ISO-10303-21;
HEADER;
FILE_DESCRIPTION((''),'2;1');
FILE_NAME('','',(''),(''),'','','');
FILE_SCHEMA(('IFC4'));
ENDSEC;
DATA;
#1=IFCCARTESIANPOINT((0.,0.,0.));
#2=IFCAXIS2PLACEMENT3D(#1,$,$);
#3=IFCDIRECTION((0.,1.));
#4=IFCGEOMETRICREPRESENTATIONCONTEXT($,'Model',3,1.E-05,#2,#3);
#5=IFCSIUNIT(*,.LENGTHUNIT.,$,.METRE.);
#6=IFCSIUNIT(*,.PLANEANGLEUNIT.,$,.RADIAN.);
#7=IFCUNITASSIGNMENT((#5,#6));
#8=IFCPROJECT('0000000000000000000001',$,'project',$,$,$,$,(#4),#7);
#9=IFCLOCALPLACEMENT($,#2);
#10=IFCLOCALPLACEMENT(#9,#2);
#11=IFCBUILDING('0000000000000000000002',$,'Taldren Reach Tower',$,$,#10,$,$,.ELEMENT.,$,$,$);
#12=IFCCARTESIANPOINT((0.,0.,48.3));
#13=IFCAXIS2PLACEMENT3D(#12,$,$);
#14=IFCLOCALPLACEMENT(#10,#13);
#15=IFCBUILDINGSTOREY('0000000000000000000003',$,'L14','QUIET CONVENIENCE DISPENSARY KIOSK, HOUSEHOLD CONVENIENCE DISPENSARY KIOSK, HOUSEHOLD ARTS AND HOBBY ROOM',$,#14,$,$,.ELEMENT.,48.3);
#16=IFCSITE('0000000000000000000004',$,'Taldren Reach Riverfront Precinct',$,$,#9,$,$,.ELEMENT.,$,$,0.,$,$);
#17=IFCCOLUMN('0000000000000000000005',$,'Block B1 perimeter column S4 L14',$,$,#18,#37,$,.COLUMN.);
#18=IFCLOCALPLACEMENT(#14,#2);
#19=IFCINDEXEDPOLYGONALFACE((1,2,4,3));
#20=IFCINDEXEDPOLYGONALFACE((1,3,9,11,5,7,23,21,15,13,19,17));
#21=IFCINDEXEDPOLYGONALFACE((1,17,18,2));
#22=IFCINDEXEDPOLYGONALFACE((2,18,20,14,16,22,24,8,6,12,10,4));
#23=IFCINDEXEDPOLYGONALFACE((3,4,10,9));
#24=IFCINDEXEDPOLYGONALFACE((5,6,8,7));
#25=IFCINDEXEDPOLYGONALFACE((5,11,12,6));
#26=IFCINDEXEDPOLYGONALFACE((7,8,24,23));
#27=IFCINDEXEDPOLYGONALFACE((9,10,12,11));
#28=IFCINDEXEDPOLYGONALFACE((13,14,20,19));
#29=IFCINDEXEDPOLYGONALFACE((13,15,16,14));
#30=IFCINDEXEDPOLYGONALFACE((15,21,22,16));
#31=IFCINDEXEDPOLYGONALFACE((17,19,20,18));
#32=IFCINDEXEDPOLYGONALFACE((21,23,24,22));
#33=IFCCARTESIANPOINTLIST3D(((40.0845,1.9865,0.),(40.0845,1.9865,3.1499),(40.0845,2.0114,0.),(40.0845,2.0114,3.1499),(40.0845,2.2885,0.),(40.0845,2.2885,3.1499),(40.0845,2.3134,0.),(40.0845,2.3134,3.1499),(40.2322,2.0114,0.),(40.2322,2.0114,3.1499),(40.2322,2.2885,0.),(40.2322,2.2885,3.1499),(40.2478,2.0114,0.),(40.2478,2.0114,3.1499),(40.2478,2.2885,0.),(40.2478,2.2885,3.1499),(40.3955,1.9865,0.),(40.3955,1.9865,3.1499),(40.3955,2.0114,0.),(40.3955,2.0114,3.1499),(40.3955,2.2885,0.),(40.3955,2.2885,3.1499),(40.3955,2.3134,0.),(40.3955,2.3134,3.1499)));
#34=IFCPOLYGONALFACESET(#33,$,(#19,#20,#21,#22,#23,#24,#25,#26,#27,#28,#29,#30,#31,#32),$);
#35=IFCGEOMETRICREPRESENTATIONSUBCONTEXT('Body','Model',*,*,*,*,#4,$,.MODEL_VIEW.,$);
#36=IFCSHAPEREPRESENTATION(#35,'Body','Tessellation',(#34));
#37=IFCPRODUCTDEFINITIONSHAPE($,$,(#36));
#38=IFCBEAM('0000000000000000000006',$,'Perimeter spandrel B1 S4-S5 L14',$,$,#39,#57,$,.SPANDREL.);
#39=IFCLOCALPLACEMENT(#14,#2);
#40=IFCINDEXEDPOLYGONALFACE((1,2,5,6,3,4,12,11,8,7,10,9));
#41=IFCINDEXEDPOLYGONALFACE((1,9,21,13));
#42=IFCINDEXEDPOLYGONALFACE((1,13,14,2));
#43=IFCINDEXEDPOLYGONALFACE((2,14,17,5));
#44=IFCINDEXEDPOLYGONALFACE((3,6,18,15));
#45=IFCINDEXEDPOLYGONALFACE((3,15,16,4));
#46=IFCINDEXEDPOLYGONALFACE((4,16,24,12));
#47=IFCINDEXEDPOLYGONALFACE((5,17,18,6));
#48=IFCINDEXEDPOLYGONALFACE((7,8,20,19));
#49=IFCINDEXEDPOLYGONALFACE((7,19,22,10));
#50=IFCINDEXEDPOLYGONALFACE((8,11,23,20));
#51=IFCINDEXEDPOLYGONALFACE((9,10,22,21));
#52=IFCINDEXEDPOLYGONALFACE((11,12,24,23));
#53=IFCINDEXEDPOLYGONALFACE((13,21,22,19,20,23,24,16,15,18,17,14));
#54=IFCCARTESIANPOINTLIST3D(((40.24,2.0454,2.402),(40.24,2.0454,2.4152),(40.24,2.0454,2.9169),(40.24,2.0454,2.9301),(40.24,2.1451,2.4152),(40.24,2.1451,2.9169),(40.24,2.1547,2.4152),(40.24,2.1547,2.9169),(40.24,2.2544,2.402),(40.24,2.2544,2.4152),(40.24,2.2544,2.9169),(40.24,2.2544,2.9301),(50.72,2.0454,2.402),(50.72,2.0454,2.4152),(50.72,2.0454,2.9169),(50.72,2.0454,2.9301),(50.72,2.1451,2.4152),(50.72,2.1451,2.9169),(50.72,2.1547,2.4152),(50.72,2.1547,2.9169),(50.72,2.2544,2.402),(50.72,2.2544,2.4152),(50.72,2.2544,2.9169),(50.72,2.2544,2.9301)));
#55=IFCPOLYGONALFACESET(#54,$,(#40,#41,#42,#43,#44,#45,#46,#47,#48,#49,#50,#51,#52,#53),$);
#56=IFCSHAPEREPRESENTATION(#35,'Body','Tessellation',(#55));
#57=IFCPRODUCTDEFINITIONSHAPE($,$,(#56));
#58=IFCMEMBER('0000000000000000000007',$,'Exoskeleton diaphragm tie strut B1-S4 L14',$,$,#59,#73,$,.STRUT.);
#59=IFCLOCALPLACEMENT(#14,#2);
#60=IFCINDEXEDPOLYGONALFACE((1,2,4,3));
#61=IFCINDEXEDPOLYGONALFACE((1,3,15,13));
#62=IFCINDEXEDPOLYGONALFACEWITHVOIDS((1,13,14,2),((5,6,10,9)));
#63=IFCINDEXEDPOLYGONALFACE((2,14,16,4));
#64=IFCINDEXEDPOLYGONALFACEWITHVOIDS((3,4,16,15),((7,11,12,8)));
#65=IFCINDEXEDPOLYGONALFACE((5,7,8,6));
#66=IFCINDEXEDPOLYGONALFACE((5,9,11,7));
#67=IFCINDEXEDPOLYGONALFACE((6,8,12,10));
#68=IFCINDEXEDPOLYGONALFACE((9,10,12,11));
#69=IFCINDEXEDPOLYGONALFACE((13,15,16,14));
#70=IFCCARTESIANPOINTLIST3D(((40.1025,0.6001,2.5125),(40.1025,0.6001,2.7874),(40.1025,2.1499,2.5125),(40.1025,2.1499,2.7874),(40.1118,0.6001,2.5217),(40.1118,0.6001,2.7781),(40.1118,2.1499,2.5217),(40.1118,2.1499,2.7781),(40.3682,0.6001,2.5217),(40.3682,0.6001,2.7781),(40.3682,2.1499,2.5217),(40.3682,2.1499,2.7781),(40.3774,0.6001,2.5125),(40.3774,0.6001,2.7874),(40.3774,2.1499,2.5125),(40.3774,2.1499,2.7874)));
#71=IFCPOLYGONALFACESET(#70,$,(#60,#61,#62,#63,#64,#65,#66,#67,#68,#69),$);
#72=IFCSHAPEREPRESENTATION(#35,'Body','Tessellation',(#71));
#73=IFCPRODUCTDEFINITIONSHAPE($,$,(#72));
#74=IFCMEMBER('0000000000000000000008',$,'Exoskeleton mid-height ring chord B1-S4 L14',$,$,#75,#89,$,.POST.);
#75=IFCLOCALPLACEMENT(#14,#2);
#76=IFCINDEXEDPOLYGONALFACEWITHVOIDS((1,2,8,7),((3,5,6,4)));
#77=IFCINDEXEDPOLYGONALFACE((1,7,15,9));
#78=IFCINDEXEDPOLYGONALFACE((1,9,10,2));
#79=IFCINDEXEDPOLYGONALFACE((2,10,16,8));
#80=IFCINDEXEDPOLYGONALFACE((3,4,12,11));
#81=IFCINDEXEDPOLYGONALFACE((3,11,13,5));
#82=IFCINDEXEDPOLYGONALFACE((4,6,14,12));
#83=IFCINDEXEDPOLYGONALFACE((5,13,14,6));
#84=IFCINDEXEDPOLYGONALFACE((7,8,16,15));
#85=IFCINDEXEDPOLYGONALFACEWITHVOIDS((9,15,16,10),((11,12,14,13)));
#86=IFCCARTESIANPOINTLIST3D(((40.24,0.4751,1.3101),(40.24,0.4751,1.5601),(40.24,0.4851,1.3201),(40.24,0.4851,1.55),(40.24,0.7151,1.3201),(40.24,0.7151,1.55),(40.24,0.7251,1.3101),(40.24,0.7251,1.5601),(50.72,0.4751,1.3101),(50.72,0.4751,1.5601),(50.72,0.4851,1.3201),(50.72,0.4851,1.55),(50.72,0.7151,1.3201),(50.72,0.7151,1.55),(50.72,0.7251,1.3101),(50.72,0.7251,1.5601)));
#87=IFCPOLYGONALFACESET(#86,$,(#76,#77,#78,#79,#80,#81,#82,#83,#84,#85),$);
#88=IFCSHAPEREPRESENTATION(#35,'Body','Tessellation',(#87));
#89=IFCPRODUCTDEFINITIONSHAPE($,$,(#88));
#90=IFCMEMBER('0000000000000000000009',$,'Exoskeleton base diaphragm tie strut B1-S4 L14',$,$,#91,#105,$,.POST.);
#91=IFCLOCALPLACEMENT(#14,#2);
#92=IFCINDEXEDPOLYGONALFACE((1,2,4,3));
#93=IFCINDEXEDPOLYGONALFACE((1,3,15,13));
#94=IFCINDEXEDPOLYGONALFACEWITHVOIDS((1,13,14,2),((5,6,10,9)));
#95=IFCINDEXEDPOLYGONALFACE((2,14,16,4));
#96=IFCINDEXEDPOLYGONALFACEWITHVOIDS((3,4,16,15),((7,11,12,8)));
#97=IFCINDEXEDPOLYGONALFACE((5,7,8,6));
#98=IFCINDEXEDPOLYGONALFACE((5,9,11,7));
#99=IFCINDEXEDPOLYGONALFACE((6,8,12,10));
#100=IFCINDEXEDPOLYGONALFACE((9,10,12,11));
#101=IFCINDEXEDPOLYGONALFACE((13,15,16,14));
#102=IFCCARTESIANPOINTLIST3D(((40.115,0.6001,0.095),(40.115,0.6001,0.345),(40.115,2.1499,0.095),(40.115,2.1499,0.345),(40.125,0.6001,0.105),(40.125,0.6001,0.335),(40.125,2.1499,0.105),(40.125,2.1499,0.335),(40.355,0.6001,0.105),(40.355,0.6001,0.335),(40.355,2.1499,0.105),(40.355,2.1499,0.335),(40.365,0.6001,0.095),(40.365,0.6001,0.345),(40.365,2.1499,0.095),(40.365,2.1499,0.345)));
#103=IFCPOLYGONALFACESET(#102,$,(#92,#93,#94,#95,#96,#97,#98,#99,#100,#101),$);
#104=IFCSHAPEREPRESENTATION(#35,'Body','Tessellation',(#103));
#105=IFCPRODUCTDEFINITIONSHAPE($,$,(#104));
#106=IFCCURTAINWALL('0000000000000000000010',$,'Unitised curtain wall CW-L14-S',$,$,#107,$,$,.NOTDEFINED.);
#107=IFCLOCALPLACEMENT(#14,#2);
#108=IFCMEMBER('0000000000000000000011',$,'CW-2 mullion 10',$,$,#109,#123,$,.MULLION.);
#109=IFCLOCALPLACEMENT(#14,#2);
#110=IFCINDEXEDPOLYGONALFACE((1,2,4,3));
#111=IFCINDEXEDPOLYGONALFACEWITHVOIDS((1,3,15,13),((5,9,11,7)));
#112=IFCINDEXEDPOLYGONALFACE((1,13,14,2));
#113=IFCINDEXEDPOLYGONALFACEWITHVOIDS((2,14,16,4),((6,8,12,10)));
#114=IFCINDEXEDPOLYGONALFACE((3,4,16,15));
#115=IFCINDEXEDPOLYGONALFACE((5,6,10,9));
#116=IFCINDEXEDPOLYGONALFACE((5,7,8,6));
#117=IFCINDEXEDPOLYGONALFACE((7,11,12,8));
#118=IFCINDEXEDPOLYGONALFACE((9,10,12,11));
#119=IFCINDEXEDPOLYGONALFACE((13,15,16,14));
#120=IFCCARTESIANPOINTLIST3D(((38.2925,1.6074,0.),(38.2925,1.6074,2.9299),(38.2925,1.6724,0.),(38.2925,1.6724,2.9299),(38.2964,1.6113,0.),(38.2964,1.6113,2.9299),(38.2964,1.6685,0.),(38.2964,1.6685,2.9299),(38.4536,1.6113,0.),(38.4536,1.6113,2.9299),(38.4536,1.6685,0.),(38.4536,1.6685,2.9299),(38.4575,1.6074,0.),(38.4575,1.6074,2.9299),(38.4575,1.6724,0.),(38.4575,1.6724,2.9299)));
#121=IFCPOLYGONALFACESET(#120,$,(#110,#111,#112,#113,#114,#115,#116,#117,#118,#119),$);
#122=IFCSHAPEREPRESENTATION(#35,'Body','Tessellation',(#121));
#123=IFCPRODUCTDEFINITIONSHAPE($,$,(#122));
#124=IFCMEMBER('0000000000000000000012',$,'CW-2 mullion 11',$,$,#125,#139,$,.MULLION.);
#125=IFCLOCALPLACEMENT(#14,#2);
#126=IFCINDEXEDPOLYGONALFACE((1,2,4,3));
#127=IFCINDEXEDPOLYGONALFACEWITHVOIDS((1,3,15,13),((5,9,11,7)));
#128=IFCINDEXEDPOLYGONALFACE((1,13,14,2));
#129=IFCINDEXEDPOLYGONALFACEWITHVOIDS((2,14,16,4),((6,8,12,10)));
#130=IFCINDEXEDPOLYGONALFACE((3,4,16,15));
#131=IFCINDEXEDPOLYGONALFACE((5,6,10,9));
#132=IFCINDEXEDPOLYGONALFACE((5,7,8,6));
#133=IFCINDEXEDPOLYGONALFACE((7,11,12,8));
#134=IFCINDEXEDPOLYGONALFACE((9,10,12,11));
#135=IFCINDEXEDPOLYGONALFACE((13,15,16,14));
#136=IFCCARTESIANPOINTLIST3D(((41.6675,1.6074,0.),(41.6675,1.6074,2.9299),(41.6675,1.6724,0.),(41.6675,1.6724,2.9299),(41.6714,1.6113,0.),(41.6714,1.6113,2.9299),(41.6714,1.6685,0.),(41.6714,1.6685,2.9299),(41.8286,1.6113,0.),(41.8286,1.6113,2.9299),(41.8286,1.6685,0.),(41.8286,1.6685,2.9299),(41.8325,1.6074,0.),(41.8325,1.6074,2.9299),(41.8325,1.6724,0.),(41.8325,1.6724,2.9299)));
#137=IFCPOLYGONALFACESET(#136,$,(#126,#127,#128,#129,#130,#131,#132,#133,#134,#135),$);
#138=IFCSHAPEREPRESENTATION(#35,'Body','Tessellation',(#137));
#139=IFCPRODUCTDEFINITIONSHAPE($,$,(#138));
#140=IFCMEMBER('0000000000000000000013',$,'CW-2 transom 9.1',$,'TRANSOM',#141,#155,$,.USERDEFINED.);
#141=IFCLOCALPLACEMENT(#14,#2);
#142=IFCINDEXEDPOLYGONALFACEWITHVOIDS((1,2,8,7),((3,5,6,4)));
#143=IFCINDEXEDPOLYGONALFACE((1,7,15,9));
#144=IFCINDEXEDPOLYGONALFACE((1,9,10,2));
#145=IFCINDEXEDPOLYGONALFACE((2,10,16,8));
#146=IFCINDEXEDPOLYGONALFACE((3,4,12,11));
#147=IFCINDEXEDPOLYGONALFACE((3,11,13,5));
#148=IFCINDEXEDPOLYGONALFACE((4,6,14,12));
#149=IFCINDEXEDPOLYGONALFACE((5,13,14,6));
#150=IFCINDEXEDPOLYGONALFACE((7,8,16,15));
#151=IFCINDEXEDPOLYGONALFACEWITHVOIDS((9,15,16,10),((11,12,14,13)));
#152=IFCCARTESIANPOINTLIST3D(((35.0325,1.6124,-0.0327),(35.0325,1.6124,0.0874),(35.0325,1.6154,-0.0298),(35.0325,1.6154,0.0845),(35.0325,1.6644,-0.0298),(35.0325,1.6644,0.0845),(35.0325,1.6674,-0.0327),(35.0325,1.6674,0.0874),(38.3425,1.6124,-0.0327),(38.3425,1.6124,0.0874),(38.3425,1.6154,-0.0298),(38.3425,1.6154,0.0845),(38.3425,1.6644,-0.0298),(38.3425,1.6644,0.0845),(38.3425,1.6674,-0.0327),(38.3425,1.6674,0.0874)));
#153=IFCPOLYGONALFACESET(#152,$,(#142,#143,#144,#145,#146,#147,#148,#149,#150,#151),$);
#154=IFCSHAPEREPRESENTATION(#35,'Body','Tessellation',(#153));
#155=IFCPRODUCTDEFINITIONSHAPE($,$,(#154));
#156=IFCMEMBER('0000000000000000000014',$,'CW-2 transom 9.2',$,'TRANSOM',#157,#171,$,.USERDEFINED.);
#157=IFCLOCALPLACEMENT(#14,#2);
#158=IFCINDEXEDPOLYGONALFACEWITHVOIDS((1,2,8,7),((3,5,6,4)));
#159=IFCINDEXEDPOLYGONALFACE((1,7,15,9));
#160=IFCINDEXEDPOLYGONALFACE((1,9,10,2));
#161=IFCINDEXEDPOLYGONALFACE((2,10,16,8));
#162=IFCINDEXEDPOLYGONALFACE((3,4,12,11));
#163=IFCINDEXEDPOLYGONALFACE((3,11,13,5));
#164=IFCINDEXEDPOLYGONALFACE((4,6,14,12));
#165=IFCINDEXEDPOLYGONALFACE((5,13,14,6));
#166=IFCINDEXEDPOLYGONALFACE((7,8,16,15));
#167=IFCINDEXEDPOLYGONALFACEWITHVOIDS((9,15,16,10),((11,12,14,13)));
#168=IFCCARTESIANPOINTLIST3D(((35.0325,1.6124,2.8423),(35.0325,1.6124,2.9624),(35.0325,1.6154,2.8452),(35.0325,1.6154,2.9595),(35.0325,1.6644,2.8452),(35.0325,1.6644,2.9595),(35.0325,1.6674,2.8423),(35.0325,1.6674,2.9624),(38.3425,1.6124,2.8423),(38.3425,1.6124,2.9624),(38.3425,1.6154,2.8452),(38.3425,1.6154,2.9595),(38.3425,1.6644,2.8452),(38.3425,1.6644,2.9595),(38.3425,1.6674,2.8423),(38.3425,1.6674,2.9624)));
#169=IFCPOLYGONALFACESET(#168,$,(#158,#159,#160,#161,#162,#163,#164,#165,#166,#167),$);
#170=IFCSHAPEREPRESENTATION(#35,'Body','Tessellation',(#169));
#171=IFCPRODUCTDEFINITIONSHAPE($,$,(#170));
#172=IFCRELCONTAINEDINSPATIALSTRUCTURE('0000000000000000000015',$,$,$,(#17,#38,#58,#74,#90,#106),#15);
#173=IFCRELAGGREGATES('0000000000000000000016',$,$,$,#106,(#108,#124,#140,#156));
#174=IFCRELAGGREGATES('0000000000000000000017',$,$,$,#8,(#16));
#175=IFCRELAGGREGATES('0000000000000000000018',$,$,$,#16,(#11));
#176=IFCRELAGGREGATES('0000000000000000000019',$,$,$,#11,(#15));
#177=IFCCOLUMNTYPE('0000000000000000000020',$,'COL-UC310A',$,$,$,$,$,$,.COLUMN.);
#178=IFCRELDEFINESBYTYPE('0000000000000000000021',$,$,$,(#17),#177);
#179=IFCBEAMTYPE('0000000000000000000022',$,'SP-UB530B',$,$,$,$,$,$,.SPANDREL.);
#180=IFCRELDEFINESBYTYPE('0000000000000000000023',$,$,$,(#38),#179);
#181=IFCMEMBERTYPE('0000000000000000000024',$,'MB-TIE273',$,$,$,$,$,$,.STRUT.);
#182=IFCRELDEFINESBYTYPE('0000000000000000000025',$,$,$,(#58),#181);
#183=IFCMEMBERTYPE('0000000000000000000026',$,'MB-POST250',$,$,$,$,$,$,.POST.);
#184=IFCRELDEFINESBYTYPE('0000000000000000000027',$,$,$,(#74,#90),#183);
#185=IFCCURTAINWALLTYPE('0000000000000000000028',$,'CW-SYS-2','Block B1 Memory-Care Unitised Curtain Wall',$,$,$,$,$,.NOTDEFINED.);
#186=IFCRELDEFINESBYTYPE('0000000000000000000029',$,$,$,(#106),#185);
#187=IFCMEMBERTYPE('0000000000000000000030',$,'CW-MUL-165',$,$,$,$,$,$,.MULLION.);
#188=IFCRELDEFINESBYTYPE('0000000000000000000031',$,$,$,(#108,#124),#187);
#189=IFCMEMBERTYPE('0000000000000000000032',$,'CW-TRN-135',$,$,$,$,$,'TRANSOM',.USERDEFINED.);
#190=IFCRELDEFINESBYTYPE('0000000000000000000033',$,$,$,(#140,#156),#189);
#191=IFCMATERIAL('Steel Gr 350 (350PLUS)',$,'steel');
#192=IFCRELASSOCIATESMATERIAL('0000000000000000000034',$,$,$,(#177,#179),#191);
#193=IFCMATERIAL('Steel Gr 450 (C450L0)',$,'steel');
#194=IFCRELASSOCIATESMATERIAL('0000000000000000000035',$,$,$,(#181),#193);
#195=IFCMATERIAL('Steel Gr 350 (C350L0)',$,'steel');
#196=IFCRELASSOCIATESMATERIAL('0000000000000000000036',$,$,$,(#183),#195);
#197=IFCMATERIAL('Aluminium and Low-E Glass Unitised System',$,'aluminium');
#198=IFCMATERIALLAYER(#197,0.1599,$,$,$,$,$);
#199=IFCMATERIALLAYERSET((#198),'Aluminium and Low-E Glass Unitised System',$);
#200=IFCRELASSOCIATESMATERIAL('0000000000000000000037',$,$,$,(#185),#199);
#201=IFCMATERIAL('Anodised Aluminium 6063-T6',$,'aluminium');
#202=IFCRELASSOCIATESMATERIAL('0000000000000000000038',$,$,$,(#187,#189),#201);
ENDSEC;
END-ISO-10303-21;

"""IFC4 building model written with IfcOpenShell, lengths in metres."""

from ifc_helpers import new_model, si_unit, direction, frame, origin, origin_2d, place, context, subcontext, project, spatial, hollow_rectangle, i_section, extrude, source, transform, mapped, material, layer, layer_set, material_profile, profile_set, type_object, element, aggregate, save


model = new_model("IFC4")

# Units and contexts
model_context = context("Model", 3, precision=1e-05, world=origin(), true_north=direction((0.0, 1.0)))
body_context = subcontext(model_context, "Body", "Model", "MODEL_VIEW")
ifc_project = project(units=[si_unit("LENGTHUNIT", "METRE"), si_unit("PLANEANGLEUNIT", "RADIAN")], contexts=[model_context])

# Site, building, storey
site_placement = place(None, origin())
site = spatial("IfcSite", under=ifc_project, at=site_placement, Name="Taldren Reach Riverfront Precinct", CompositionType="ELEMENT", RefElevation=0.0)
building_placement = place(site_placement, origin())
building = spatial("IfcBuilding", under=site, at=building_placement, Name="Taldren Reach Tower", CompositionType="ELEMENT")
storey_placement = place(building_placement, frame((0.0, 0.0, 48.3)))
storey = spatial("IfcBuildingStorey", under=building, at=storey_placement, Name="L14", Description="QUIET CONVENIENCE DISPENSARY KIOSK, HOUSEHOLD CONVENIENCE DISPENSARY KIOSK, HOUSEHOLD ARTS AND HOBBY ROOM", CompositionType="ELEMENT", Elevation=48.3)

# Column
ifc_material_1 = material(Name="Steel Gr 350 (350PLUS)", Category="steel")
ifc_material_profile_1 = material_profile(ifc_material_1, i_section(OverallWidth=0.311, OverallDepth=0.3269, WebThickness=0.0156, FlangeThickness=0.0249, at=origin_2d()), Name="310UC158")
ifc_profile_set_1 = profile_set([ifc_material_profile_1], Name="Steel Gr 350 (350PLUS)")
column_type = type_object("IfcColumnType", Name="COL-UC310A", PredefinedType="COLUMN", material=ifc_profile_set_1)
shared_shape_1 = source(origin(), body_context, "Body", "SweptSolid", [
    extrude(i_section(OverallWidth=0.311, OverallDepth=0.3269, WebThickness=0.0156, FlangeThickness=0.0249, at=origin_2d()), origin(), (0.0, 0.0, 1.0), 3.1499),
])
column_placement = place(storey_placement, frame((40.24, 2.1499, 0.0), z_axis=(0.0, 0.0, 1.0), x_axis=(1.0, 0.0, 0.0)))
element("IfcColumn", 1, at=column_placement, inside=storey, type_object=column_type, Name="Block B1 perimeter column S4 L14", PredefinedType="COLUMN", context=body_context, shape_type="MappedRepresentation", body=[
    mapped(shared_shape_1, transform((0.0, 0.0, 0.0), scale=1.0)),
])

# Beam
ifc_material_profile_2 = material_profile(ifc_material_1, i_section(OverallWidth=0.209, OverallDepth=0.5281, WebThickness=0.0095, FlangeThickness=0.0132, at=origin_2d()), Name="530UB82.0")
ifc_profile_set_2 = profile_set([ifc_material_profile_2], Name="Steel Gr 350 (350PLUS)")
beam_type = type_object("IfcBeamType", Name="SP-UB530B", PredefinedType="SPANDREL", material=ifc_profile_set_2)
shared_shape_2 = source(origin(), body_context, "Body", "SweptSolid", [
    extrude(i_section(OverallWidth=0.209, OverallDepth=0.5281, WebThickness=0.0095, FlangeThickness=0.0132, at=origin_2d()), origin(), (0.0, 0.0, 1.0), 10.48),
])
beam_placement = place(storey_placement, frame((40.24, 2.1499, 2.666), z_axis=(1.0, 0.0, 0.0), x_axis=(0.0, 1.0, 0.0)))
element("IfcBeam", 2, at=beam_placement, inside=storey, type_object=beam_type, Name="Perimeter spandrel B1 S4-S5 L14", PredefinedType="SPANDREL", context=body_context, shape_type="MappedRepresentation", body=[
    mapped(shared_shape_2, transform((0.0, 0.0, 0.0), scale=1.0)),
])

# Members
ifc_material_2 = material(Name="Steel Gr 450 (C450L0)", Category="steel")
ifc_material_profile_3 = material_profile(ifc_material_2, hollow_rectangle(XDim=0.2749, YDim=0.2749, WallThickness=0.0093, at=origin_2d()), Name="275x275x9.3SHS")
ifc_profile_set_3 = profile_set([ifc_material_profile_3], Name="Steel Gr 450 (C450L0)")
member_type_1 = type_object("IfcMemberType", Name="MB-TIE273", PredefinedType="STRUT", material=ifc_profile_set_3)
shared_shape_3 = source(origin(), body_context, "Body", "SweptSolid", [
    extrude(hollow_rectangle(XDim=0.2749, YDim=0.2749, WallThickness=0.0093, at=origin_2d()), origin(), (0.0, 0.0, 1.0), 1.5498),
])
member_1_placement = place(storey_placement, frame((40.24, 2.1499, 2.6499), z_axis=(0.0, -1.0, 0.0), x_axis=(1.0, 0.0, 0.0)))
element("IfcMember", 3, at=member_1_placement, inside=storey, type_object=member_type_1, Name="Exoskeleton diaphragm tie strut B1-S4 L14", PredefinedType="STRUT", context=body_context, shape_type="MappedRepresentation", body=[
    mapped(shared_shape_3, transform((0.0, 0.0, 0.0), scale=1.0)),
])
ifc_material_3 = material(Name="Steel Gr 350 (C350L0)", Category="steel")
ifc_material_profile_4 = material_profile(ifc_material_3, hollow_rectangle(XDim=0.25, YDim=0.25, WallThickness=0.01, at=origin_2d()), Name="250x250x10.0SHS")
ifc_profile_set_4 = profile_set([ifc_material_profile_4], Name="Steel Gr 350 (C350L0)")
member_type_2 = type_object("IfcMemberType", Name="MB-POST250", PredefinedType="POST", material=ifc_profile_set_4)
shared_shape_4 = source(origin(), body_context, "Body", "SweptSolid", [
    extrude(hollow_rectangle(XDim=0.25, YDim=0.25, WallThickness=0.01, at=origin_2d()), origin(), (0.0, 0.0, 1.0), 10.48),
])
member_2_placement = place(storey_placement, frame((40.24, 0.6001, 1.4351), z_axis=(1.0, 0.0, 0.0), x_axis=(0.0, 1.0, 0.0)))
element("IfcMember", 4, at=member_2_placement, inside=storey, type_object=member_type_2, Name="Exoskeleton mid-height ring chord B1-S4 L14", PredefinedType="POST", context=body_context, shape_type="MappedRepresentation", body=[
    mapped(shared_shape_4, transform((0.0, 0.0, 0.0), scale=1.0)),
])
shared_shape_5 = source(origin(), body_context, "Body", "SweptSolid", [
    extrude(hollow_rectangle(XDim=0.25, YDim=0.25, WallThickness=0.01, at=origin_2d()), origin(), (0.0, 0.0, 1.0), 1.5498),
])
member_3_placement = place(storey_placement, frame((40.24, 2.1499, 0.22), z_axis=(0.0, -1.0, 0.0), x_axis=(1.0, 0.0, 0.0)))
element("IfcMember", 5, at=member_3_placement, inside=storey, type_object=member_type_2, Name="Exoskeleton base diaphragm tie strut B1-S4 L14", PredefinedType="POST", context=body_context, shape_type="MappedRepresentation", body=[
    mapped(shared_shape_5, transform((0.0, 0.0, 0.0), scale=1.0)),
])

# Curtain wall, members
ifc_material_4 = material(Name="Aluminium and Low-E Glass Unitised System", Category="aluminium")
ifc_layer_1 = layer(ifc_material_4, 0.1599)
ifc_layer_set_1 = layer_set([ifc_layer_1], Name="Aluminium and Low-E Glass Unitised System")
curtain_wall_type = type_object("IfcCurtainWallType", Name="CW-SYS-2", Description="Block B1 Memory-Care Unitised Curtain Wall", PredefinedType="NOTDEFINED", material=ifc_layer_set_1)
curtain_wall_placement = place(storey_placement, origin())
curtain_wall = element("IfcCurtainWall", 6, at=curtain_wall_placement, inside=storey, type_object=curtain_wall_type, Name="Unitised curtain wall CW-L14-S", PredefinedType="NOTDEFINED")
ifc_material_5 = material(Name="Anodised Aluminium 6063-T6", Category="aluminium")
ifc_material_profile_5 = material_profile(ifc_material_5, hollow_rectangle(XDim=0.0649, YDim=0.165, WallThickness=0.0039, at=origin_2d()), Name="ALU-165x65x4RHS")
ifc_profile_set_5 = profile_set([ifc_material_profile_5], Name="Anodised Aluminium 6063-T6")
member_type_3 = type_object("IfcMemberType", Name="CW-MUL-165", PredefinedType="MULLION", material=ifc_profile_set_5)
shared_shape_6 = source(origin(), body_context, "Body", "SweptSolid", [
    extrude(hollow_rectangle(XDim=0.0649, YDim=0.165, WallThickness=0.0039, at=origin_2d()), origin(), (0.0, 0.0, 1.0), 2.9299),
])
member_4_placement = place(storey_placement, frame((38.375, 1.6399, 0.0), z_axis=(0.0, 0.0, 1.0), x_axis=(0.0, 1.0, 0.0)))
member_4 = element("IfcMember", 7, at=member_4_placement, type_object=member_type_3, Name="CW-2 mullion 10", PredefinedType="MULLION", context=body_context, shape_type="MappedRepresentation", body=[
    mapped(shared_shape_6, transform((0.0, 0.0, 0.0), scale=1.0)),
])
member_5_placement = place(storey_placement, frame((41.75, 1.6399, 0.0), z_axis=(0.0, 0.0, 1.0), x_axis=(0.0, 1.0, 0.0)))
member_5 = element("IfcMember", 8, at=member_5_placement, type_object=member_type_3, Name="CW-2 mullion 11", PredefinedType="MULLION", context=body_context, shape_type="MappedRepresentation", body=[
    mapped(shared_shape_6, transform((0.0, 0.0, 0.0), scale=1.0)),
])
ifc_material_profile_6 = material_profile(ifc_material_5, hollow_rectangle(XDim=0.0549, YDim=0.1201, WallThickness=0.0029, at=origin_2d()), Name="ALU-120x55x3RHS")
ifc_profile_set_6 = profile_set([ifc_material_profile_6], Name="Anodised Aluminium 6063-T6")
member_type_4 = type_object("IfcMemberType", Name="CW-TRN-135", ElementType="TRANSOM", PredefinedType="USERDEFINED", material=ifc_profile_set_6)
shared_shape_7 = source(origin(), body_context, "Body", "SweptSolid", [
    extrude(hollow_rectangle(XDim=0.0549, YDim=0.1201, WallThickness=0.0029, at=origin_2d()), origin(), (0.0, 0.0, 1.0), 3.3101),
])
member_6_placement = place(storey_placement, frame((35.0325, 1.6399, 0.0273), z_axis=(1.0, 0.0, 0.0), x_axis=(0.0, 1.0, 0.0)))
member_6 = element("IfcMember", 9, at=member_6_placement, type_object=member_type_4, Name="CW-2 transom 9.1", ObjectType="TRANSOM", PredefinedType="USERDEFINED", context=body_context, shape_type="MappedRepresentation", body=[
    mapped(shared_shape_7, transform((0.0, 0.0, 0.0), scale=1.0)),
])
member_7_placement = place(storey_placement, frame((35.0325, 1.6399, 2.9023), z_axis=(1.0, 0.0, 0.0), x_axis=(0.0, 1.0, 0.0)))
member_7 = element("IfcMember", 10, at=member_7_placement, type_object=member_type_4, Name="CW-2 transom 9.2", ObjectType="TRANSOM", PredefinedType="USERDEFINED", context=body_context, shape_type="MappedRepresentation", body=[
    mapped(shared_shape_7, transform((0.0, 0.0, 0.0), scale=1.0)),
])

aggregate(curtain_wall, [member_4, member_5, member_6, member_7])

save(model, "model.ifc")
